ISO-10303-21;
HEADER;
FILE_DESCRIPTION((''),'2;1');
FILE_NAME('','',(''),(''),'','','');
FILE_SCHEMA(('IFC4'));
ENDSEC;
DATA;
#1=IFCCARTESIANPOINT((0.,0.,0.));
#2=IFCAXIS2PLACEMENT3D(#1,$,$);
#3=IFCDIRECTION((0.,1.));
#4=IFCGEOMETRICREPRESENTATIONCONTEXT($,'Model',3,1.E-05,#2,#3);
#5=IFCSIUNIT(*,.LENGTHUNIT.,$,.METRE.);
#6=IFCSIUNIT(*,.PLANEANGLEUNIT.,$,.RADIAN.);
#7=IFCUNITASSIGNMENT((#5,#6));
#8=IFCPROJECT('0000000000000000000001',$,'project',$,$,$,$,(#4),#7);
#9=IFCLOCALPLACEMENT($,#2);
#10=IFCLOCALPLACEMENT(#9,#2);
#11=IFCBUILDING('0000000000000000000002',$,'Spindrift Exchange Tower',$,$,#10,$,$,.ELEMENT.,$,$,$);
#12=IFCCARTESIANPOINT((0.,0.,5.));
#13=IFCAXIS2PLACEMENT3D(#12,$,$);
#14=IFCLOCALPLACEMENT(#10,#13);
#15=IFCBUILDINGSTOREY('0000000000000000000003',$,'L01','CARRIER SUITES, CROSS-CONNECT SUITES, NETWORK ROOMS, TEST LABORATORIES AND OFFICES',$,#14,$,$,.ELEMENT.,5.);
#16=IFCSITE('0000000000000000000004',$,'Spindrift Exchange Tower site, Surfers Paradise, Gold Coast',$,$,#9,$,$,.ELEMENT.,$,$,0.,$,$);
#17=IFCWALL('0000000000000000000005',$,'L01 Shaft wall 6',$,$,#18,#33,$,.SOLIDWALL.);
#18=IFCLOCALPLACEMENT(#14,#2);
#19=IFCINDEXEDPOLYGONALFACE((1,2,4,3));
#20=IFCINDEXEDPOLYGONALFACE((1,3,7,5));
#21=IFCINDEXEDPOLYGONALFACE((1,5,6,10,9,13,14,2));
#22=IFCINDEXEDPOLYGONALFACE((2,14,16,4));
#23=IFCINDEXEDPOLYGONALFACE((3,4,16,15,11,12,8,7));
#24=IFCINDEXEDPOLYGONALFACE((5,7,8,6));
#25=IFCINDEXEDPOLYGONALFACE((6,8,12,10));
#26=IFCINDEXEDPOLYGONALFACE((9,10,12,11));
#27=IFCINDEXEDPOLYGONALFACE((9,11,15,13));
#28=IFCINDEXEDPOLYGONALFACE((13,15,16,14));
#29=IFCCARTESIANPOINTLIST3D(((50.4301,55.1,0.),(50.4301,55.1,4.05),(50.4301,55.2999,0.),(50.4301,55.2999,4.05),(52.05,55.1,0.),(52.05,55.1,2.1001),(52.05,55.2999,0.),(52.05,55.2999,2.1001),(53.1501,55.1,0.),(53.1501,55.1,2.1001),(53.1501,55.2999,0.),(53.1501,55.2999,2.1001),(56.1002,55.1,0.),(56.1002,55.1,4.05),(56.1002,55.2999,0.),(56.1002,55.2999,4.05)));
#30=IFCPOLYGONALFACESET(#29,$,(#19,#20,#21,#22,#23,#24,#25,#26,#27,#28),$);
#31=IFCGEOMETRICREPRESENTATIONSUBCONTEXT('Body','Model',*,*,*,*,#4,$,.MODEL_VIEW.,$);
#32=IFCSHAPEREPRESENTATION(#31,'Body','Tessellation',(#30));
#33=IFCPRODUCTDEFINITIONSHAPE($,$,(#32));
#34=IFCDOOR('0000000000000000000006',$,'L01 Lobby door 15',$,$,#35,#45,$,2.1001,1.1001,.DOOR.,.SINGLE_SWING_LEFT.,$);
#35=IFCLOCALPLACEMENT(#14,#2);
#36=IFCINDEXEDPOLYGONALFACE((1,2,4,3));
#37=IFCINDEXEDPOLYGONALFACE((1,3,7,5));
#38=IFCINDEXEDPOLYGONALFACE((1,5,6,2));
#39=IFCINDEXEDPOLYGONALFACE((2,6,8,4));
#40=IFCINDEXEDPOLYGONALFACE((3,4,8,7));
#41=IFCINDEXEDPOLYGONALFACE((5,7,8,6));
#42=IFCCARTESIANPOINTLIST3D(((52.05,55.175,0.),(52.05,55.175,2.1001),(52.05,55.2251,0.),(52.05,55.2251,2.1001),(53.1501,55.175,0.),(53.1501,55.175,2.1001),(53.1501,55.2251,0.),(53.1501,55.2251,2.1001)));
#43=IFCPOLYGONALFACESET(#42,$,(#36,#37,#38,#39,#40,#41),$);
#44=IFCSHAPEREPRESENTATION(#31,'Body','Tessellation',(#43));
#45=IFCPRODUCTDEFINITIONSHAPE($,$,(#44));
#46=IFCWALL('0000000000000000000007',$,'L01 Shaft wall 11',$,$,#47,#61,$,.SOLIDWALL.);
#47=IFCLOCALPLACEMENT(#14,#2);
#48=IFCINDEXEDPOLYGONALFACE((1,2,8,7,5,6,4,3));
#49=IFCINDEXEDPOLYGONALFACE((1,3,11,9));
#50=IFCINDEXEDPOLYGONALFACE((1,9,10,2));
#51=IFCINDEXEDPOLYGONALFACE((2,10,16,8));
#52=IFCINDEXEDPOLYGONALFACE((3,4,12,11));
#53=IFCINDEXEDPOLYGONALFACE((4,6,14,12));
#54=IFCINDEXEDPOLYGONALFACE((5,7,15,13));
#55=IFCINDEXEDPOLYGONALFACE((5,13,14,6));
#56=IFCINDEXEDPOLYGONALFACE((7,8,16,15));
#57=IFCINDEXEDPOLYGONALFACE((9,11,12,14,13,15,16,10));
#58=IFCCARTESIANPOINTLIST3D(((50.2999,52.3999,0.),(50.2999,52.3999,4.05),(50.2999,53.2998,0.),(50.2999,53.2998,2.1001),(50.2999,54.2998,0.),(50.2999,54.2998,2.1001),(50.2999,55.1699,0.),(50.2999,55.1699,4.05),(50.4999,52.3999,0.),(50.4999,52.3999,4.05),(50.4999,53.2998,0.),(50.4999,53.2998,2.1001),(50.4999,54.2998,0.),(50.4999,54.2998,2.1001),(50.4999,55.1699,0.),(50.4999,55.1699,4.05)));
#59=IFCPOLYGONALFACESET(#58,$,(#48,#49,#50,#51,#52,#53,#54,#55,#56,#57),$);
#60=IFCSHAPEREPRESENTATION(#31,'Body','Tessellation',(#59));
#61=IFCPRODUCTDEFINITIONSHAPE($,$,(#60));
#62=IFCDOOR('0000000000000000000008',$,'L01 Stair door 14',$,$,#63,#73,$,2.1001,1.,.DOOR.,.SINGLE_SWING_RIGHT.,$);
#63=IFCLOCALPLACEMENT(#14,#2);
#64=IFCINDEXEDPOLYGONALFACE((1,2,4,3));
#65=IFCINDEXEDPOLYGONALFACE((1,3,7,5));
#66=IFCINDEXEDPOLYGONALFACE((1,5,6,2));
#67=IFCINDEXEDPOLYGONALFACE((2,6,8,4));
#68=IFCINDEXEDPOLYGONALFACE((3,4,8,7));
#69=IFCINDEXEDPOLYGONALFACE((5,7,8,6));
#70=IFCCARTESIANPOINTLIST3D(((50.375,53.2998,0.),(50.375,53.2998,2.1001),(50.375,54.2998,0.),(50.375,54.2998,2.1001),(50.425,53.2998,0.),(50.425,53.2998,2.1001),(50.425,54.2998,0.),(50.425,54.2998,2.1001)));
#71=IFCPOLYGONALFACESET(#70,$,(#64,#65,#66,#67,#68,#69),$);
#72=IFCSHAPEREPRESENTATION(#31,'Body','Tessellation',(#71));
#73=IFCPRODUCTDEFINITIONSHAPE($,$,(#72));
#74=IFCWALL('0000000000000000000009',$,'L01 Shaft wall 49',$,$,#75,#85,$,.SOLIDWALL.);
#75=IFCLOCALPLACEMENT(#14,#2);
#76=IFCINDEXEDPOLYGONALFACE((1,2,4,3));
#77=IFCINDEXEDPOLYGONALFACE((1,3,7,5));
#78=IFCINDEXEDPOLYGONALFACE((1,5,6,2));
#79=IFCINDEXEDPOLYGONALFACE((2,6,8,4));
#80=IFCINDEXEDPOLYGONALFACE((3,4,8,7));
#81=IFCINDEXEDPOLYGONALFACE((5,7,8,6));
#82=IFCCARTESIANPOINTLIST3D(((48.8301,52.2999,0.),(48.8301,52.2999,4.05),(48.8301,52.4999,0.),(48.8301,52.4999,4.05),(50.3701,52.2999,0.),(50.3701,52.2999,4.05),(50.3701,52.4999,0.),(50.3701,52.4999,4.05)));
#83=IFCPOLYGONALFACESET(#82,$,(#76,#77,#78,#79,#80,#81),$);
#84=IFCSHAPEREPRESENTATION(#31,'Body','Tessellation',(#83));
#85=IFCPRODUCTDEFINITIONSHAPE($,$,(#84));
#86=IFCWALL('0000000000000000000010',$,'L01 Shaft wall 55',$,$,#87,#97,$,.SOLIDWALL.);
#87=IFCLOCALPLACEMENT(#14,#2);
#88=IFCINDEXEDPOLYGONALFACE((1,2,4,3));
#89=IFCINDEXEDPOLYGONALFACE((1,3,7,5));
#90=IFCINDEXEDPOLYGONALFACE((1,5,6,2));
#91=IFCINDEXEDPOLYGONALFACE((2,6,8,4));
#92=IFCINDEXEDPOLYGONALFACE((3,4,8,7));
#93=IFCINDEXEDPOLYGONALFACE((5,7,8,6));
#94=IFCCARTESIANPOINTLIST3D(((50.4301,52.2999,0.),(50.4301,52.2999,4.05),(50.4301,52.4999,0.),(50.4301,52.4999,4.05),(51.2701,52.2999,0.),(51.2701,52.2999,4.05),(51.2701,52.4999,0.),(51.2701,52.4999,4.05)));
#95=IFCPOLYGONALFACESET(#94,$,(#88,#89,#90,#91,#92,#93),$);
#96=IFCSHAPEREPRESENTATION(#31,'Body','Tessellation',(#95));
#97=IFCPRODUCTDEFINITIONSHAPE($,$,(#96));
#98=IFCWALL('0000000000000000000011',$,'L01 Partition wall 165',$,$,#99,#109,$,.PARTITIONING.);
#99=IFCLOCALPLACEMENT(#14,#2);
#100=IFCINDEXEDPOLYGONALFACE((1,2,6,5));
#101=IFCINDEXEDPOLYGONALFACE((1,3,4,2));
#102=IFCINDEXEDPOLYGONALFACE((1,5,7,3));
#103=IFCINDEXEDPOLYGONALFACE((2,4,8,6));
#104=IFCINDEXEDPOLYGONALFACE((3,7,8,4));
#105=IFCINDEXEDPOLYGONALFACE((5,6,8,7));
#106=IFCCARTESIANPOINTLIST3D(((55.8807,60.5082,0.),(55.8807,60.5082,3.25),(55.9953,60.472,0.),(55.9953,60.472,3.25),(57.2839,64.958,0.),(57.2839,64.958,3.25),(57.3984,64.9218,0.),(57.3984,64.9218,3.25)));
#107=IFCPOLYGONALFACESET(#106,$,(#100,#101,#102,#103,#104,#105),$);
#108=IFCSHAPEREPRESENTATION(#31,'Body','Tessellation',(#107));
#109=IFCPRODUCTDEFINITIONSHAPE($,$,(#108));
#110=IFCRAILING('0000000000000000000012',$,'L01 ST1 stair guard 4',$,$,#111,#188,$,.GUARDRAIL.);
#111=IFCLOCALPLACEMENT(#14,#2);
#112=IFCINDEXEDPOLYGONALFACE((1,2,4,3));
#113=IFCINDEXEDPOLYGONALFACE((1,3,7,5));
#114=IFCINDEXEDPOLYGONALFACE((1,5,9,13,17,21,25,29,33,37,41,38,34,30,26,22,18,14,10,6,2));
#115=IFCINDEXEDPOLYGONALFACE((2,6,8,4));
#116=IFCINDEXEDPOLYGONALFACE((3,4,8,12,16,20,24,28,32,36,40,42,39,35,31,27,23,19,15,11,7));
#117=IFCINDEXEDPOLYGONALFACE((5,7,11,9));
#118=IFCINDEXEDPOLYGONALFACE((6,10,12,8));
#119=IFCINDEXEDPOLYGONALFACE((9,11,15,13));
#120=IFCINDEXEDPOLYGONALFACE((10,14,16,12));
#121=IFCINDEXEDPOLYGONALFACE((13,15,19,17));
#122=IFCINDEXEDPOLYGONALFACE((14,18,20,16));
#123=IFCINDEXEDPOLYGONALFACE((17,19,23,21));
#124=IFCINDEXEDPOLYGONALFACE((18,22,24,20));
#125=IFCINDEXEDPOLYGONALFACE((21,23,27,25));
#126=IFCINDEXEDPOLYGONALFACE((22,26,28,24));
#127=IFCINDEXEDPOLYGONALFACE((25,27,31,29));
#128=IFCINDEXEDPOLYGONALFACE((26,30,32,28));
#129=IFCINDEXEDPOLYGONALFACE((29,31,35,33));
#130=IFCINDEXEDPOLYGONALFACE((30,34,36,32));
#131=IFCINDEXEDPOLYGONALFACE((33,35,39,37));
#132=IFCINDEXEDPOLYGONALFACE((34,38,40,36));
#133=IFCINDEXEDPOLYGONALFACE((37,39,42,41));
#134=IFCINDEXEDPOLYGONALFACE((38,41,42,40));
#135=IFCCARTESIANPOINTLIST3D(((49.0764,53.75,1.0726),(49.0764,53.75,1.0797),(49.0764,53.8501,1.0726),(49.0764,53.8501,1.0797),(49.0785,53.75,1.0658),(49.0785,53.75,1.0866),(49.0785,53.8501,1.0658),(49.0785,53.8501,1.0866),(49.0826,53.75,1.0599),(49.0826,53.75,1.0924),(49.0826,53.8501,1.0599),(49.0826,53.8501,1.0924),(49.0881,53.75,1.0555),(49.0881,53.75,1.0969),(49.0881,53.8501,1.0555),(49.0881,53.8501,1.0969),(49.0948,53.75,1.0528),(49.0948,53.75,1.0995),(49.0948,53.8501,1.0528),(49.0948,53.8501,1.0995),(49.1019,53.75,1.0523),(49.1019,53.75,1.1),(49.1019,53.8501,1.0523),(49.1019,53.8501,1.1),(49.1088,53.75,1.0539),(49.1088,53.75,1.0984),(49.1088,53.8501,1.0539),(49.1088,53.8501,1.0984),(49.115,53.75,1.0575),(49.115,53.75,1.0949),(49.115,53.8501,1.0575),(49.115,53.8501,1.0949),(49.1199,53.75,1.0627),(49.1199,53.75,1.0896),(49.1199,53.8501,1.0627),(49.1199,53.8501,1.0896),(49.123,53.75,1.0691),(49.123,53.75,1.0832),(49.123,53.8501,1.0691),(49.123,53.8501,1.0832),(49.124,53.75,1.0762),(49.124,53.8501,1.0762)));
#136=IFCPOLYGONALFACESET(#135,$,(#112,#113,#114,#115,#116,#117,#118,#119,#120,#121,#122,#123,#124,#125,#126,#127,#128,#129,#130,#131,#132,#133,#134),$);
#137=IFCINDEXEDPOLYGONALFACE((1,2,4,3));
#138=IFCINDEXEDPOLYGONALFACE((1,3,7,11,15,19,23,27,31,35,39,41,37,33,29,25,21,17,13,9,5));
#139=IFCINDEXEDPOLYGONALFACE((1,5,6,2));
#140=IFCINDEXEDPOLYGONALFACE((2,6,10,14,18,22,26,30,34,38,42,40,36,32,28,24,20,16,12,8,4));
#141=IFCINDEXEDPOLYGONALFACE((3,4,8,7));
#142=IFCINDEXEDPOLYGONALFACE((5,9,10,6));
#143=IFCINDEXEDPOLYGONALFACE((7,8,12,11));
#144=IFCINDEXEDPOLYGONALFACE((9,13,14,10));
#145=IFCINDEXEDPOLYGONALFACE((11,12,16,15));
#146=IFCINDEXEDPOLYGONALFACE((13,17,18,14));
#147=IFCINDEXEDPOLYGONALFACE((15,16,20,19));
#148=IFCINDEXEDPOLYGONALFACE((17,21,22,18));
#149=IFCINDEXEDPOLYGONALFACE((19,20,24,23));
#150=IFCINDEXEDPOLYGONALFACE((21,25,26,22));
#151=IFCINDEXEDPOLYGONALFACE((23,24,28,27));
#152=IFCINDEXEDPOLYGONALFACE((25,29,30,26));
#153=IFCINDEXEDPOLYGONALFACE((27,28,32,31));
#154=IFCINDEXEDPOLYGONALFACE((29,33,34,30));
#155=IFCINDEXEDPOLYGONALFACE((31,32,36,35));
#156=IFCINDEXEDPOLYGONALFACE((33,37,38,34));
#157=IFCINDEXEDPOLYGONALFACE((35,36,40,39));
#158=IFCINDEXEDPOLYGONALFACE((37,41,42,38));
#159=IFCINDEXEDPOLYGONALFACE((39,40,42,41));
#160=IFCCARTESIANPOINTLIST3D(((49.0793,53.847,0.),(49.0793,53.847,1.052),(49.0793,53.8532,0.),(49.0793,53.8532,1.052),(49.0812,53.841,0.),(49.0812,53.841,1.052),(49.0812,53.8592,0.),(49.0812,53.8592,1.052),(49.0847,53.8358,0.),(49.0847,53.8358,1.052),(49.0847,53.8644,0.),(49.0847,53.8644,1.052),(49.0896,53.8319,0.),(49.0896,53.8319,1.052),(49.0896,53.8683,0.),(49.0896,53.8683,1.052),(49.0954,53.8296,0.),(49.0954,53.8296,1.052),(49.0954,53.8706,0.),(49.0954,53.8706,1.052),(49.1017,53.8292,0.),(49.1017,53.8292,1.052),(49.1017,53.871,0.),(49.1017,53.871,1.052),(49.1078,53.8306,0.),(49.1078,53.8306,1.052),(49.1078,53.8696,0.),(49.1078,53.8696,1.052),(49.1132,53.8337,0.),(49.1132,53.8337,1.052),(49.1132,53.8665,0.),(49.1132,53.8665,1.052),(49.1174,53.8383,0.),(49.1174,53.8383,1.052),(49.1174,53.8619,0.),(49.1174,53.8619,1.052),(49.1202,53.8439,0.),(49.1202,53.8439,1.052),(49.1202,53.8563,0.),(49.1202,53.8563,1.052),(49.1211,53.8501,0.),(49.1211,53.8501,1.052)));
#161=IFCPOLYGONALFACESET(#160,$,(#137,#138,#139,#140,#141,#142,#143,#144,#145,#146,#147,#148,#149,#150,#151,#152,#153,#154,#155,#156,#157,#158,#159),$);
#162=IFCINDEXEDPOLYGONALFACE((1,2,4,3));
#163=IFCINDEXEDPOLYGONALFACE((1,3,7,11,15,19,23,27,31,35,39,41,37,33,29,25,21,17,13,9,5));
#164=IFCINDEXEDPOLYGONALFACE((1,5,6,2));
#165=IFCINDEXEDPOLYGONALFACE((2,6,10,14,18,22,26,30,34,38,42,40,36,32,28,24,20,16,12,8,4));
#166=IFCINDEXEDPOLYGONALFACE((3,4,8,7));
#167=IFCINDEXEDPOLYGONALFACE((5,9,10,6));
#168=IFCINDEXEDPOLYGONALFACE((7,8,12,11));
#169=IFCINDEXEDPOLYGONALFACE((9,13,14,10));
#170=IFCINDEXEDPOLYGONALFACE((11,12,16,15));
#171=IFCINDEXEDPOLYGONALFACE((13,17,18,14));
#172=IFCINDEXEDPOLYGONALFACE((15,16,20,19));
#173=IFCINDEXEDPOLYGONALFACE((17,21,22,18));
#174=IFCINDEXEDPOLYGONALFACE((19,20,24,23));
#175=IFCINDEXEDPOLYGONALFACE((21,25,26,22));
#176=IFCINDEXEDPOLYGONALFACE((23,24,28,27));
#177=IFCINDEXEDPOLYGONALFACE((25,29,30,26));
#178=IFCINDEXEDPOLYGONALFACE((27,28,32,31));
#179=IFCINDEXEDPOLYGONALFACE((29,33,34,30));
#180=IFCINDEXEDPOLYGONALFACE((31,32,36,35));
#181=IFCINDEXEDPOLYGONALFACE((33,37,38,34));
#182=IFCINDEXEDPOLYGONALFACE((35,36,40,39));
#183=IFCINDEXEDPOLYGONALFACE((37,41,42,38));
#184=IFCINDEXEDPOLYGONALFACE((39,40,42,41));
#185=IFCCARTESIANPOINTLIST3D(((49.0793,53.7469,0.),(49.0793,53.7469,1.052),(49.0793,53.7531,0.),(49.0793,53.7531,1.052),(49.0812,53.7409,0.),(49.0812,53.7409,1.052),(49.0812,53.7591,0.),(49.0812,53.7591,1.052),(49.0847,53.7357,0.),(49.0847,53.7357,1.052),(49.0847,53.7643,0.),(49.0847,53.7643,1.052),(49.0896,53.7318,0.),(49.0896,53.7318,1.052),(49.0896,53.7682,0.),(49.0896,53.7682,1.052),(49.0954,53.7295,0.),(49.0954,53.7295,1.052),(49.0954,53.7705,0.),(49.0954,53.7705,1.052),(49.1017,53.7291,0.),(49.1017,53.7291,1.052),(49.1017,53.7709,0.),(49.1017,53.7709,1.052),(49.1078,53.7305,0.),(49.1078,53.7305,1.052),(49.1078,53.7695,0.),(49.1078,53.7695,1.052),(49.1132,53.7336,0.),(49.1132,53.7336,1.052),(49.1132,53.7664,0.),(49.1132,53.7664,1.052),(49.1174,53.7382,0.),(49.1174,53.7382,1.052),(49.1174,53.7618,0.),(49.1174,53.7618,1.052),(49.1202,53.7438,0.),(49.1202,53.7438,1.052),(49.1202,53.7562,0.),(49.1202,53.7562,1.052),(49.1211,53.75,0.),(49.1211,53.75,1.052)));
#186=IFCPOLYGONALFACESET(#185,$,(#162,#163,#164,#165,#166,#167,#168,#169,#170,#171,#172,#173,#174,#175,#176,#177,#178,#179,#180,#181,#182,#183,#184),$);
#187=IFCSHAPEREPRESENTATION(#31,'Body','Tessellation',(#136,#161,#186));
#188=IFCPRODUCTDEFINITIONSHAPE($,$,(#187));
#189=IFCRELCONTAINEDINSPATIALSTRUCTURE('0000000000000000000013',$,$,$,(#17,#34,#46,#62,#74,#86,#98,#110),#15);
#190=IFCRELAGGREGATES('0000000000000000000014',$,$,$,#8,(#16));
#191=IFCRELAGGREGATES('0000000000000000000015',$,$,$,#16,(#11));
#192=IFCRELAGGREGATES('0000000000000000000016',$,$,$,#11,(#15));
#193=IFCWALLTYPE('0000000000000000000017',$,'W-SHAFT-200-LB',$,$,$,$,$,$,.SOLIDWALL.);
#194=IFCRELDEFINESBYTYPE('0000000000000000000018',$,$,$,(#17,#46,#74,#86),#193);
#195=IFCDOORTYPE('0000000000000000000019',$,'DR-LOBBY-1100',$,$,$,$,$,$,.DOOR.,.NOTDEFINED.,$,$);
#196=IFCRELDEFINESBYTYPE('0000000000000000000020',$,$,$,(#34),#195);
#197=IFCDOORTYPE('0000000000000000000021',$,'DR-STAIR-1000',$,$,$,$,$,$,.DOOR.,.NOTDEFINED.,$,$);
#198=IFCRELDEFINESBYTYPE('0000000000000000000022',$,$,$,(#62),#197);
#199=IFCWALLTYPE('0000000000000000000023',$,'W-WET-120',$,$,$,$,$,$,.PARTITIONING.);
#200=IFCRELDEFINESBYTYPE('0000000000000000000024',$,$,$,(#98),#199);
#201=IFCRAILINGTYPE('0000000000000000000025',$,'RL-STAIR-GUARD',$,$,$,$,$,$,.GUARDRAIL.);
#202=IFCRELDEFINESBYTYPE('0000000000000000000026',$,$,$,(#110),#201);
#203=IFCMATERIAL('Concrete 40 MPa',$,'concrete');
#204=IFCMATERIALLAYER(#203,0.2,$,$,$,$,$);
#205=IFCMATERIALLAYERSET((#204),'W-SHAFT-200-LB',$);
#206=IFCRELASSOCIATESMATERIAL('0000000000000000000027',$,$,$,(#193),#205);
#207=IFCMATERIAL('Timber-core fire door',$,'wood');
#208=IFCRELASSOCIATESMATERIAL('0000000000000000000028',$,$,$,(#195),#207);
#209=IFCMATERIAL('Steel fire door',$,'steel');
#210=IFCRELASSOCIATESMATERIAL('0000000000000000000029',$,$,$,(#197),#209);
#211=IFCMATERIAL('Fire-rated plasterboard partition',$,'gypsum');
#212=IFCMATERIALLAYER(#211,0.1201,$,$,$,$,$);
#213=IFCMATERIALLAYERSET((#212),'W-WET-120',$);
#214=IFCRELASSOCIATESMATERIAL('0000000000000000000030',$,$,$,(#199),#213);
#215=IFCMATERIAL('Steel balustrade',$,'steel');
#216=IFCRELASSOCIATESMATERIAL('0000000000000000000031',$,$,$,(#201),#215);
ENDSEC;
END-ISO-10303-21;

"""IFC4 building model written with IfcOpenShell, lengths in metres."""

from ifc_helpers import new_model, si_unit, direction, frame, frame_2d, origin, origin_2d, place, context, subcontext, project, spatial, rectangle, circle, extrude, source, transform, mapped, material, layer, layer_set, type_object, element, fill, save


model = new_model("IFC4")

# Units and contexts
model_context = context("Model", 3, precision=1e-05, world=origin(), true_north=direction((0.0, 1.0)))
body_context = subcontext(model_context, "Body", "Model", "MODEL_VIEW")
ifc_project = project(units=[si_unit("LENGTHUNIT", "METRE"), si_unit("PLANEANGLEUNIT", "RADIAN")], contexts=[model_context])

# Site, building, storey
site_placement = place(None, origin())
site = spatial("IfcSite", under=ifc_project, at=site_placement, Name="Spindrift Exchange Tower site, Surfers Paradise, Gold Coast", CompositionType="ELEMENT", RefElevation=0.0)
building_placement = place(site_placement, origin())
building = spatial("IfcBuilding", under=site, at=building_placement, Name="Spindrift Exchange Tower", CompositionType="ELEMENT")
storey_placement = place(building_placement, frame((0.0, 0.0, 5.0)))
storey = spatial("IfcBuildingStorey", under=building, at=storey_placement, Name="L01", Description="CARRIER SUITES, CROSS-CONNECT SUITES, NETWORK ROOMS, TEST LABORATORIES AND OFFICES", CompositionType="ELEMENT", Elevation=5.0)

# Shared definitions
ifc_material_1 = material(Name="Fire-rated plasterboard partition", Category="gypsum")

# Shared definitions
ifc_material_2 = material(Name="Concrete 40 MPa", Category="concrete")

# Walls, openings, doors
ifc_layer_1 = layer(ifc_material_2, 0.2)
ifc_layer_set_1 = layer_set([ifc_layer_1], Name="W-SHAFT-200-LB")
wall_type_1 = type_object("IfcWallType", Name="W-SHAFT-200-LB", PredefinedType="SOLIDWALL", material=ifc_layer_set_1)
ifc_material_3 = material(Name="Steel fire door", Category="steel")
wall_1_placement = place(storey_placement, frame((56.1001, 55.2, 0.0), z_axis=(0.0, 0.0, 1.0), x_axis=(-1.0, 0.0, 0.0)))
wall_1 = element("IfcWall", 1, at=wall_1_placement, inside=storey, type_object=wall_type_1, Name="L01 Shaft wall 6", PredefinedType="SOLIDWALL", context=body_context, shape_type="SweptSolid", body=[
    extrude(rectangle(XDim=5.6702, YDim=0.2, at=frame_2d((2.835, 0.0))), origin(), (0.0, 0.0, 1.0), 4.05),
])
opening_1_placement = place(wall_1_placement, frame((2.95, 0.0, 0.0)))
opening_1 = element("IfcOpeningElement", 2, at=opening_1_placement, cuts=wall_1, PredefinedType="OPENING", context=body_context, shape_type="SweptSolid", body=[
    extrude(rectangle(XDim=1.1001, YDim=2.1001, at=frame_2d((0.55, 1.05))), frame((0.0, 0.1099, 0.0), z_axis=(0.0, -1.0, 0.0), x_axis=(1.0, 0.0, 0.0)), (0.0, 0.0, 1.0), 0.22),
])
ifc_material_4 = material(Name="Timber-core fire door", Category="wood")
door_type_1 = type_object("IfcDoorType", Name="DR-LOBBY-1100", OperationType="NOTDEFINED", PredefinedType="DOOR", material=ifc_material_4)
shared_shape_1 = source(origin(), body_context, "Body", "SweptSolid", [
    extrude(rectangle(XDim=1.1001, YDim=2.1001, at=frame_2d((0.55, 1.05))), frame((0.0, 0.0249, 0.0), z_axis=(0.0, -1.0, 0.0), x_axis=(1.0, 0.0, 0.0)), (0.0, 0.0, 1.0), 0.05),
])
door_1_placement = place(opening_1_placement, origin())
door_1 = element("IfcDoor", 3, at=door_1_placement, inside=storey, type_object=door_type_1, Name="L01 Lobby door 15", OperationType="SINGLE_SWING_LEFT", OverallHeight=2.1001, OverallWidth=1.1001, PredefinedType="DOOR", context=body_context, shape_type="MappedRepresentation", body=[
    mapped(shared_shape_1, transform((0.0, 0.0, 0.0), scale=1.0)),
])
fill(opening_1, door_1)
wall_2_placement = place(storey_placement, frame((50.3999, 52.3999, 0.0), z_axis=(0.0, 0.0, 1.0), x_axis=(0.0, 1.0, 0.0)))
wall_2 = element("IfcWall", 4, at=wall_2_placement, inside=storey, type_object=wall_type_1, Name="L01 Shaft wall 11", PredefinedType="SOLIDWALL", context=body_context, shape_type="SweptSolid", body=[
    extrude(rectangle(XDim=2.77, YDim=0.2, at=frame_2d((1.385, 0.0))), origin(), (0.0, 0.0, 1.0), 4.05),
])
opening_2_placement = place(wall_2_placement, frame((0.8999, 0.0, 0.0)))
opening_2 = element("IfcOpeningElement", 5, at=opening_2_placement, cuts=wall_2, PredefinedType="OPENING", context=body_context, shape_type="SweptSolid", body=[
    extrude(rectangle(XDim=1.0, YDim=2.1001, at=frame_2d((0.5, 1.05))), frame((0.0, 0.1099, 0.0), z_axis=(0.0, -1.0, 0.0), x_axis=(1.0, 0.0, 0.0)), (0.0, 0.0, 1.0), 0.22),
])
door_type_2 = type_object("IfcDoorType", Name="DR-STAIR-1000", OperationType="NOTDEFINED", PredefinedType="DOOR", material=ifc_material_3)
shared_shape_2 = source(origin(), body_context, "Body", "SweptSolid", [
    extrude(rectangle(XDim=1.0, YDim=2.1001, at=frame_2d((0.5, 1.05))), frame((0.0, 0.0249, 0.0), z_axis=(0.0, -1.0, 0.0), x_axis=(1.0, 0.0, 0.0)), (0.0, 0.0, 1.0), 0.05),
])
door_2_placement = place(opening_2_placement, origin())
door_2 = element("IfcDoor", 6, at=door_2_placement, inside=storey, type_object=door_type_2, Name="L01 Stair door 14", OperationType="SINGLE_SWING_RIGHT", OverallHeight=2.1001, OverallWidth=1.0, PredefinedType="DOOR", context=body_context, shape_type="MappedRepresentation", body=[
    mapped(shared_shape_2, transform((0.0, 0.0, 0.0), scale=1.0)),
])
fill(opening_2, door_2)

# Walls
wall_3_placement = place(storey_placement, frame((50.3701, 52.3999, 0.0), z_axis=(0.0, 0.0, 1.0), x_axis=(-1.0, 0.0, 0.0)))
element("IfcWall", 7, at=wall_3_placement, inside=storey, type_object=wall_type_1, Name="L01 Shaft wall 49", PredefinedType="SOLIDWALL", context=body_context, shape_type="SweptSolid", body=[
    extrude(rectangle(XDim=1.54, YDim=0.2, at=frame_2d((0.77, 0.0))), origin(), (0.0, 0.0, 1.0), 4.05),
])
wall_4_placement = place(storey_placement, frame((51.27, 52.3999, 0.0), z_axis=(0.0, 0.0, 1.0), x_axis=(-1.0, 0.0, 0.0)))
element("IfcWall", 8, at=wall_4_placement, inside=storey, type_object=wall_type_1, Name="L01 Shaft wall 55", PredefinedType="SOLIDWALL", context=body_context, shape_type="SweptSolid", body=[
    extrude(rectangle(XDim=0.8401, YDim=0.2, at=frame_2d((0.4199, 0.0))), origin(), (0.0, 0.0, 1.0), 4.05),
])
ifc_layer_2 = layer(ifc_material_1, 0.1201)
ifc_layer_set_2 = layer_set([ifc_layer_2], Name="W-WET-120")
wall_type_2 = type_object("IfcWallType", Name="W-WET-120", PredefinedType="PARTITIONING", material=ifc_layer_set_2)
wall_5_placement = place(storey_placement, frame((55.938, 60.49, 0.0), z_axis=(0.0, 0.0, 1.0), x_axis=(0.300723, 0.953711, 0.0)))
element("IfcWall", 9, at=wall_5_placement, inside=storey, type_object=wall_type_2, Name="L01 Partition wall 165", PredefinedType="PARTITIONING", context=body_context, shape_type="SweptSolid", body=[
    extrude(rectangle(XDim=4.6658, YDim=0.1201, at=frame_2d((2.333, 0.0))), origin(), (0.0, 0.0, 1.0), 3.25),
])

# Railing
ifc_material_5 = material(Name="Steel balustrade", Category="steel")
railing_type = type_object("IfcRailingType", Name="RL-STAIR-GUARD", PredefinedType="GUARDRAIL", material=ifc_material_5)
railing_placement = place(storey_placement, frame((49.1001, 53.8501, 0.0)))
element("IfcRailing", 10, at=railing_placement, inside=storey, type_object=railing_type, Name="L01 ST1 stair guard 4", PredefinedType="GUARDRAIL", context=body_context, shape_type="SweptSolid", body=[
    extrude(circle(Radius=0.0239, at=origin_2d()), frame((0.0, 0.0, 1.0762), z_axis=(0.0, -1.0, 0.0), x_axis=(1.0, 0.0, 0.0)), (0.0, 0.0, 1.0), 0.1001),
    extrude(circle(Radius=0.021, at=origin_2d()), origin(), (0.0, 0.0, 1.0), 1.052),
    extrude(circle(Radius=0.021, at=origin_2d()), frame((0.0, -0.1001, 0.0)), (0.0, 0.0, 1.0), 1.052),
])

save(model, "model.ifc")
